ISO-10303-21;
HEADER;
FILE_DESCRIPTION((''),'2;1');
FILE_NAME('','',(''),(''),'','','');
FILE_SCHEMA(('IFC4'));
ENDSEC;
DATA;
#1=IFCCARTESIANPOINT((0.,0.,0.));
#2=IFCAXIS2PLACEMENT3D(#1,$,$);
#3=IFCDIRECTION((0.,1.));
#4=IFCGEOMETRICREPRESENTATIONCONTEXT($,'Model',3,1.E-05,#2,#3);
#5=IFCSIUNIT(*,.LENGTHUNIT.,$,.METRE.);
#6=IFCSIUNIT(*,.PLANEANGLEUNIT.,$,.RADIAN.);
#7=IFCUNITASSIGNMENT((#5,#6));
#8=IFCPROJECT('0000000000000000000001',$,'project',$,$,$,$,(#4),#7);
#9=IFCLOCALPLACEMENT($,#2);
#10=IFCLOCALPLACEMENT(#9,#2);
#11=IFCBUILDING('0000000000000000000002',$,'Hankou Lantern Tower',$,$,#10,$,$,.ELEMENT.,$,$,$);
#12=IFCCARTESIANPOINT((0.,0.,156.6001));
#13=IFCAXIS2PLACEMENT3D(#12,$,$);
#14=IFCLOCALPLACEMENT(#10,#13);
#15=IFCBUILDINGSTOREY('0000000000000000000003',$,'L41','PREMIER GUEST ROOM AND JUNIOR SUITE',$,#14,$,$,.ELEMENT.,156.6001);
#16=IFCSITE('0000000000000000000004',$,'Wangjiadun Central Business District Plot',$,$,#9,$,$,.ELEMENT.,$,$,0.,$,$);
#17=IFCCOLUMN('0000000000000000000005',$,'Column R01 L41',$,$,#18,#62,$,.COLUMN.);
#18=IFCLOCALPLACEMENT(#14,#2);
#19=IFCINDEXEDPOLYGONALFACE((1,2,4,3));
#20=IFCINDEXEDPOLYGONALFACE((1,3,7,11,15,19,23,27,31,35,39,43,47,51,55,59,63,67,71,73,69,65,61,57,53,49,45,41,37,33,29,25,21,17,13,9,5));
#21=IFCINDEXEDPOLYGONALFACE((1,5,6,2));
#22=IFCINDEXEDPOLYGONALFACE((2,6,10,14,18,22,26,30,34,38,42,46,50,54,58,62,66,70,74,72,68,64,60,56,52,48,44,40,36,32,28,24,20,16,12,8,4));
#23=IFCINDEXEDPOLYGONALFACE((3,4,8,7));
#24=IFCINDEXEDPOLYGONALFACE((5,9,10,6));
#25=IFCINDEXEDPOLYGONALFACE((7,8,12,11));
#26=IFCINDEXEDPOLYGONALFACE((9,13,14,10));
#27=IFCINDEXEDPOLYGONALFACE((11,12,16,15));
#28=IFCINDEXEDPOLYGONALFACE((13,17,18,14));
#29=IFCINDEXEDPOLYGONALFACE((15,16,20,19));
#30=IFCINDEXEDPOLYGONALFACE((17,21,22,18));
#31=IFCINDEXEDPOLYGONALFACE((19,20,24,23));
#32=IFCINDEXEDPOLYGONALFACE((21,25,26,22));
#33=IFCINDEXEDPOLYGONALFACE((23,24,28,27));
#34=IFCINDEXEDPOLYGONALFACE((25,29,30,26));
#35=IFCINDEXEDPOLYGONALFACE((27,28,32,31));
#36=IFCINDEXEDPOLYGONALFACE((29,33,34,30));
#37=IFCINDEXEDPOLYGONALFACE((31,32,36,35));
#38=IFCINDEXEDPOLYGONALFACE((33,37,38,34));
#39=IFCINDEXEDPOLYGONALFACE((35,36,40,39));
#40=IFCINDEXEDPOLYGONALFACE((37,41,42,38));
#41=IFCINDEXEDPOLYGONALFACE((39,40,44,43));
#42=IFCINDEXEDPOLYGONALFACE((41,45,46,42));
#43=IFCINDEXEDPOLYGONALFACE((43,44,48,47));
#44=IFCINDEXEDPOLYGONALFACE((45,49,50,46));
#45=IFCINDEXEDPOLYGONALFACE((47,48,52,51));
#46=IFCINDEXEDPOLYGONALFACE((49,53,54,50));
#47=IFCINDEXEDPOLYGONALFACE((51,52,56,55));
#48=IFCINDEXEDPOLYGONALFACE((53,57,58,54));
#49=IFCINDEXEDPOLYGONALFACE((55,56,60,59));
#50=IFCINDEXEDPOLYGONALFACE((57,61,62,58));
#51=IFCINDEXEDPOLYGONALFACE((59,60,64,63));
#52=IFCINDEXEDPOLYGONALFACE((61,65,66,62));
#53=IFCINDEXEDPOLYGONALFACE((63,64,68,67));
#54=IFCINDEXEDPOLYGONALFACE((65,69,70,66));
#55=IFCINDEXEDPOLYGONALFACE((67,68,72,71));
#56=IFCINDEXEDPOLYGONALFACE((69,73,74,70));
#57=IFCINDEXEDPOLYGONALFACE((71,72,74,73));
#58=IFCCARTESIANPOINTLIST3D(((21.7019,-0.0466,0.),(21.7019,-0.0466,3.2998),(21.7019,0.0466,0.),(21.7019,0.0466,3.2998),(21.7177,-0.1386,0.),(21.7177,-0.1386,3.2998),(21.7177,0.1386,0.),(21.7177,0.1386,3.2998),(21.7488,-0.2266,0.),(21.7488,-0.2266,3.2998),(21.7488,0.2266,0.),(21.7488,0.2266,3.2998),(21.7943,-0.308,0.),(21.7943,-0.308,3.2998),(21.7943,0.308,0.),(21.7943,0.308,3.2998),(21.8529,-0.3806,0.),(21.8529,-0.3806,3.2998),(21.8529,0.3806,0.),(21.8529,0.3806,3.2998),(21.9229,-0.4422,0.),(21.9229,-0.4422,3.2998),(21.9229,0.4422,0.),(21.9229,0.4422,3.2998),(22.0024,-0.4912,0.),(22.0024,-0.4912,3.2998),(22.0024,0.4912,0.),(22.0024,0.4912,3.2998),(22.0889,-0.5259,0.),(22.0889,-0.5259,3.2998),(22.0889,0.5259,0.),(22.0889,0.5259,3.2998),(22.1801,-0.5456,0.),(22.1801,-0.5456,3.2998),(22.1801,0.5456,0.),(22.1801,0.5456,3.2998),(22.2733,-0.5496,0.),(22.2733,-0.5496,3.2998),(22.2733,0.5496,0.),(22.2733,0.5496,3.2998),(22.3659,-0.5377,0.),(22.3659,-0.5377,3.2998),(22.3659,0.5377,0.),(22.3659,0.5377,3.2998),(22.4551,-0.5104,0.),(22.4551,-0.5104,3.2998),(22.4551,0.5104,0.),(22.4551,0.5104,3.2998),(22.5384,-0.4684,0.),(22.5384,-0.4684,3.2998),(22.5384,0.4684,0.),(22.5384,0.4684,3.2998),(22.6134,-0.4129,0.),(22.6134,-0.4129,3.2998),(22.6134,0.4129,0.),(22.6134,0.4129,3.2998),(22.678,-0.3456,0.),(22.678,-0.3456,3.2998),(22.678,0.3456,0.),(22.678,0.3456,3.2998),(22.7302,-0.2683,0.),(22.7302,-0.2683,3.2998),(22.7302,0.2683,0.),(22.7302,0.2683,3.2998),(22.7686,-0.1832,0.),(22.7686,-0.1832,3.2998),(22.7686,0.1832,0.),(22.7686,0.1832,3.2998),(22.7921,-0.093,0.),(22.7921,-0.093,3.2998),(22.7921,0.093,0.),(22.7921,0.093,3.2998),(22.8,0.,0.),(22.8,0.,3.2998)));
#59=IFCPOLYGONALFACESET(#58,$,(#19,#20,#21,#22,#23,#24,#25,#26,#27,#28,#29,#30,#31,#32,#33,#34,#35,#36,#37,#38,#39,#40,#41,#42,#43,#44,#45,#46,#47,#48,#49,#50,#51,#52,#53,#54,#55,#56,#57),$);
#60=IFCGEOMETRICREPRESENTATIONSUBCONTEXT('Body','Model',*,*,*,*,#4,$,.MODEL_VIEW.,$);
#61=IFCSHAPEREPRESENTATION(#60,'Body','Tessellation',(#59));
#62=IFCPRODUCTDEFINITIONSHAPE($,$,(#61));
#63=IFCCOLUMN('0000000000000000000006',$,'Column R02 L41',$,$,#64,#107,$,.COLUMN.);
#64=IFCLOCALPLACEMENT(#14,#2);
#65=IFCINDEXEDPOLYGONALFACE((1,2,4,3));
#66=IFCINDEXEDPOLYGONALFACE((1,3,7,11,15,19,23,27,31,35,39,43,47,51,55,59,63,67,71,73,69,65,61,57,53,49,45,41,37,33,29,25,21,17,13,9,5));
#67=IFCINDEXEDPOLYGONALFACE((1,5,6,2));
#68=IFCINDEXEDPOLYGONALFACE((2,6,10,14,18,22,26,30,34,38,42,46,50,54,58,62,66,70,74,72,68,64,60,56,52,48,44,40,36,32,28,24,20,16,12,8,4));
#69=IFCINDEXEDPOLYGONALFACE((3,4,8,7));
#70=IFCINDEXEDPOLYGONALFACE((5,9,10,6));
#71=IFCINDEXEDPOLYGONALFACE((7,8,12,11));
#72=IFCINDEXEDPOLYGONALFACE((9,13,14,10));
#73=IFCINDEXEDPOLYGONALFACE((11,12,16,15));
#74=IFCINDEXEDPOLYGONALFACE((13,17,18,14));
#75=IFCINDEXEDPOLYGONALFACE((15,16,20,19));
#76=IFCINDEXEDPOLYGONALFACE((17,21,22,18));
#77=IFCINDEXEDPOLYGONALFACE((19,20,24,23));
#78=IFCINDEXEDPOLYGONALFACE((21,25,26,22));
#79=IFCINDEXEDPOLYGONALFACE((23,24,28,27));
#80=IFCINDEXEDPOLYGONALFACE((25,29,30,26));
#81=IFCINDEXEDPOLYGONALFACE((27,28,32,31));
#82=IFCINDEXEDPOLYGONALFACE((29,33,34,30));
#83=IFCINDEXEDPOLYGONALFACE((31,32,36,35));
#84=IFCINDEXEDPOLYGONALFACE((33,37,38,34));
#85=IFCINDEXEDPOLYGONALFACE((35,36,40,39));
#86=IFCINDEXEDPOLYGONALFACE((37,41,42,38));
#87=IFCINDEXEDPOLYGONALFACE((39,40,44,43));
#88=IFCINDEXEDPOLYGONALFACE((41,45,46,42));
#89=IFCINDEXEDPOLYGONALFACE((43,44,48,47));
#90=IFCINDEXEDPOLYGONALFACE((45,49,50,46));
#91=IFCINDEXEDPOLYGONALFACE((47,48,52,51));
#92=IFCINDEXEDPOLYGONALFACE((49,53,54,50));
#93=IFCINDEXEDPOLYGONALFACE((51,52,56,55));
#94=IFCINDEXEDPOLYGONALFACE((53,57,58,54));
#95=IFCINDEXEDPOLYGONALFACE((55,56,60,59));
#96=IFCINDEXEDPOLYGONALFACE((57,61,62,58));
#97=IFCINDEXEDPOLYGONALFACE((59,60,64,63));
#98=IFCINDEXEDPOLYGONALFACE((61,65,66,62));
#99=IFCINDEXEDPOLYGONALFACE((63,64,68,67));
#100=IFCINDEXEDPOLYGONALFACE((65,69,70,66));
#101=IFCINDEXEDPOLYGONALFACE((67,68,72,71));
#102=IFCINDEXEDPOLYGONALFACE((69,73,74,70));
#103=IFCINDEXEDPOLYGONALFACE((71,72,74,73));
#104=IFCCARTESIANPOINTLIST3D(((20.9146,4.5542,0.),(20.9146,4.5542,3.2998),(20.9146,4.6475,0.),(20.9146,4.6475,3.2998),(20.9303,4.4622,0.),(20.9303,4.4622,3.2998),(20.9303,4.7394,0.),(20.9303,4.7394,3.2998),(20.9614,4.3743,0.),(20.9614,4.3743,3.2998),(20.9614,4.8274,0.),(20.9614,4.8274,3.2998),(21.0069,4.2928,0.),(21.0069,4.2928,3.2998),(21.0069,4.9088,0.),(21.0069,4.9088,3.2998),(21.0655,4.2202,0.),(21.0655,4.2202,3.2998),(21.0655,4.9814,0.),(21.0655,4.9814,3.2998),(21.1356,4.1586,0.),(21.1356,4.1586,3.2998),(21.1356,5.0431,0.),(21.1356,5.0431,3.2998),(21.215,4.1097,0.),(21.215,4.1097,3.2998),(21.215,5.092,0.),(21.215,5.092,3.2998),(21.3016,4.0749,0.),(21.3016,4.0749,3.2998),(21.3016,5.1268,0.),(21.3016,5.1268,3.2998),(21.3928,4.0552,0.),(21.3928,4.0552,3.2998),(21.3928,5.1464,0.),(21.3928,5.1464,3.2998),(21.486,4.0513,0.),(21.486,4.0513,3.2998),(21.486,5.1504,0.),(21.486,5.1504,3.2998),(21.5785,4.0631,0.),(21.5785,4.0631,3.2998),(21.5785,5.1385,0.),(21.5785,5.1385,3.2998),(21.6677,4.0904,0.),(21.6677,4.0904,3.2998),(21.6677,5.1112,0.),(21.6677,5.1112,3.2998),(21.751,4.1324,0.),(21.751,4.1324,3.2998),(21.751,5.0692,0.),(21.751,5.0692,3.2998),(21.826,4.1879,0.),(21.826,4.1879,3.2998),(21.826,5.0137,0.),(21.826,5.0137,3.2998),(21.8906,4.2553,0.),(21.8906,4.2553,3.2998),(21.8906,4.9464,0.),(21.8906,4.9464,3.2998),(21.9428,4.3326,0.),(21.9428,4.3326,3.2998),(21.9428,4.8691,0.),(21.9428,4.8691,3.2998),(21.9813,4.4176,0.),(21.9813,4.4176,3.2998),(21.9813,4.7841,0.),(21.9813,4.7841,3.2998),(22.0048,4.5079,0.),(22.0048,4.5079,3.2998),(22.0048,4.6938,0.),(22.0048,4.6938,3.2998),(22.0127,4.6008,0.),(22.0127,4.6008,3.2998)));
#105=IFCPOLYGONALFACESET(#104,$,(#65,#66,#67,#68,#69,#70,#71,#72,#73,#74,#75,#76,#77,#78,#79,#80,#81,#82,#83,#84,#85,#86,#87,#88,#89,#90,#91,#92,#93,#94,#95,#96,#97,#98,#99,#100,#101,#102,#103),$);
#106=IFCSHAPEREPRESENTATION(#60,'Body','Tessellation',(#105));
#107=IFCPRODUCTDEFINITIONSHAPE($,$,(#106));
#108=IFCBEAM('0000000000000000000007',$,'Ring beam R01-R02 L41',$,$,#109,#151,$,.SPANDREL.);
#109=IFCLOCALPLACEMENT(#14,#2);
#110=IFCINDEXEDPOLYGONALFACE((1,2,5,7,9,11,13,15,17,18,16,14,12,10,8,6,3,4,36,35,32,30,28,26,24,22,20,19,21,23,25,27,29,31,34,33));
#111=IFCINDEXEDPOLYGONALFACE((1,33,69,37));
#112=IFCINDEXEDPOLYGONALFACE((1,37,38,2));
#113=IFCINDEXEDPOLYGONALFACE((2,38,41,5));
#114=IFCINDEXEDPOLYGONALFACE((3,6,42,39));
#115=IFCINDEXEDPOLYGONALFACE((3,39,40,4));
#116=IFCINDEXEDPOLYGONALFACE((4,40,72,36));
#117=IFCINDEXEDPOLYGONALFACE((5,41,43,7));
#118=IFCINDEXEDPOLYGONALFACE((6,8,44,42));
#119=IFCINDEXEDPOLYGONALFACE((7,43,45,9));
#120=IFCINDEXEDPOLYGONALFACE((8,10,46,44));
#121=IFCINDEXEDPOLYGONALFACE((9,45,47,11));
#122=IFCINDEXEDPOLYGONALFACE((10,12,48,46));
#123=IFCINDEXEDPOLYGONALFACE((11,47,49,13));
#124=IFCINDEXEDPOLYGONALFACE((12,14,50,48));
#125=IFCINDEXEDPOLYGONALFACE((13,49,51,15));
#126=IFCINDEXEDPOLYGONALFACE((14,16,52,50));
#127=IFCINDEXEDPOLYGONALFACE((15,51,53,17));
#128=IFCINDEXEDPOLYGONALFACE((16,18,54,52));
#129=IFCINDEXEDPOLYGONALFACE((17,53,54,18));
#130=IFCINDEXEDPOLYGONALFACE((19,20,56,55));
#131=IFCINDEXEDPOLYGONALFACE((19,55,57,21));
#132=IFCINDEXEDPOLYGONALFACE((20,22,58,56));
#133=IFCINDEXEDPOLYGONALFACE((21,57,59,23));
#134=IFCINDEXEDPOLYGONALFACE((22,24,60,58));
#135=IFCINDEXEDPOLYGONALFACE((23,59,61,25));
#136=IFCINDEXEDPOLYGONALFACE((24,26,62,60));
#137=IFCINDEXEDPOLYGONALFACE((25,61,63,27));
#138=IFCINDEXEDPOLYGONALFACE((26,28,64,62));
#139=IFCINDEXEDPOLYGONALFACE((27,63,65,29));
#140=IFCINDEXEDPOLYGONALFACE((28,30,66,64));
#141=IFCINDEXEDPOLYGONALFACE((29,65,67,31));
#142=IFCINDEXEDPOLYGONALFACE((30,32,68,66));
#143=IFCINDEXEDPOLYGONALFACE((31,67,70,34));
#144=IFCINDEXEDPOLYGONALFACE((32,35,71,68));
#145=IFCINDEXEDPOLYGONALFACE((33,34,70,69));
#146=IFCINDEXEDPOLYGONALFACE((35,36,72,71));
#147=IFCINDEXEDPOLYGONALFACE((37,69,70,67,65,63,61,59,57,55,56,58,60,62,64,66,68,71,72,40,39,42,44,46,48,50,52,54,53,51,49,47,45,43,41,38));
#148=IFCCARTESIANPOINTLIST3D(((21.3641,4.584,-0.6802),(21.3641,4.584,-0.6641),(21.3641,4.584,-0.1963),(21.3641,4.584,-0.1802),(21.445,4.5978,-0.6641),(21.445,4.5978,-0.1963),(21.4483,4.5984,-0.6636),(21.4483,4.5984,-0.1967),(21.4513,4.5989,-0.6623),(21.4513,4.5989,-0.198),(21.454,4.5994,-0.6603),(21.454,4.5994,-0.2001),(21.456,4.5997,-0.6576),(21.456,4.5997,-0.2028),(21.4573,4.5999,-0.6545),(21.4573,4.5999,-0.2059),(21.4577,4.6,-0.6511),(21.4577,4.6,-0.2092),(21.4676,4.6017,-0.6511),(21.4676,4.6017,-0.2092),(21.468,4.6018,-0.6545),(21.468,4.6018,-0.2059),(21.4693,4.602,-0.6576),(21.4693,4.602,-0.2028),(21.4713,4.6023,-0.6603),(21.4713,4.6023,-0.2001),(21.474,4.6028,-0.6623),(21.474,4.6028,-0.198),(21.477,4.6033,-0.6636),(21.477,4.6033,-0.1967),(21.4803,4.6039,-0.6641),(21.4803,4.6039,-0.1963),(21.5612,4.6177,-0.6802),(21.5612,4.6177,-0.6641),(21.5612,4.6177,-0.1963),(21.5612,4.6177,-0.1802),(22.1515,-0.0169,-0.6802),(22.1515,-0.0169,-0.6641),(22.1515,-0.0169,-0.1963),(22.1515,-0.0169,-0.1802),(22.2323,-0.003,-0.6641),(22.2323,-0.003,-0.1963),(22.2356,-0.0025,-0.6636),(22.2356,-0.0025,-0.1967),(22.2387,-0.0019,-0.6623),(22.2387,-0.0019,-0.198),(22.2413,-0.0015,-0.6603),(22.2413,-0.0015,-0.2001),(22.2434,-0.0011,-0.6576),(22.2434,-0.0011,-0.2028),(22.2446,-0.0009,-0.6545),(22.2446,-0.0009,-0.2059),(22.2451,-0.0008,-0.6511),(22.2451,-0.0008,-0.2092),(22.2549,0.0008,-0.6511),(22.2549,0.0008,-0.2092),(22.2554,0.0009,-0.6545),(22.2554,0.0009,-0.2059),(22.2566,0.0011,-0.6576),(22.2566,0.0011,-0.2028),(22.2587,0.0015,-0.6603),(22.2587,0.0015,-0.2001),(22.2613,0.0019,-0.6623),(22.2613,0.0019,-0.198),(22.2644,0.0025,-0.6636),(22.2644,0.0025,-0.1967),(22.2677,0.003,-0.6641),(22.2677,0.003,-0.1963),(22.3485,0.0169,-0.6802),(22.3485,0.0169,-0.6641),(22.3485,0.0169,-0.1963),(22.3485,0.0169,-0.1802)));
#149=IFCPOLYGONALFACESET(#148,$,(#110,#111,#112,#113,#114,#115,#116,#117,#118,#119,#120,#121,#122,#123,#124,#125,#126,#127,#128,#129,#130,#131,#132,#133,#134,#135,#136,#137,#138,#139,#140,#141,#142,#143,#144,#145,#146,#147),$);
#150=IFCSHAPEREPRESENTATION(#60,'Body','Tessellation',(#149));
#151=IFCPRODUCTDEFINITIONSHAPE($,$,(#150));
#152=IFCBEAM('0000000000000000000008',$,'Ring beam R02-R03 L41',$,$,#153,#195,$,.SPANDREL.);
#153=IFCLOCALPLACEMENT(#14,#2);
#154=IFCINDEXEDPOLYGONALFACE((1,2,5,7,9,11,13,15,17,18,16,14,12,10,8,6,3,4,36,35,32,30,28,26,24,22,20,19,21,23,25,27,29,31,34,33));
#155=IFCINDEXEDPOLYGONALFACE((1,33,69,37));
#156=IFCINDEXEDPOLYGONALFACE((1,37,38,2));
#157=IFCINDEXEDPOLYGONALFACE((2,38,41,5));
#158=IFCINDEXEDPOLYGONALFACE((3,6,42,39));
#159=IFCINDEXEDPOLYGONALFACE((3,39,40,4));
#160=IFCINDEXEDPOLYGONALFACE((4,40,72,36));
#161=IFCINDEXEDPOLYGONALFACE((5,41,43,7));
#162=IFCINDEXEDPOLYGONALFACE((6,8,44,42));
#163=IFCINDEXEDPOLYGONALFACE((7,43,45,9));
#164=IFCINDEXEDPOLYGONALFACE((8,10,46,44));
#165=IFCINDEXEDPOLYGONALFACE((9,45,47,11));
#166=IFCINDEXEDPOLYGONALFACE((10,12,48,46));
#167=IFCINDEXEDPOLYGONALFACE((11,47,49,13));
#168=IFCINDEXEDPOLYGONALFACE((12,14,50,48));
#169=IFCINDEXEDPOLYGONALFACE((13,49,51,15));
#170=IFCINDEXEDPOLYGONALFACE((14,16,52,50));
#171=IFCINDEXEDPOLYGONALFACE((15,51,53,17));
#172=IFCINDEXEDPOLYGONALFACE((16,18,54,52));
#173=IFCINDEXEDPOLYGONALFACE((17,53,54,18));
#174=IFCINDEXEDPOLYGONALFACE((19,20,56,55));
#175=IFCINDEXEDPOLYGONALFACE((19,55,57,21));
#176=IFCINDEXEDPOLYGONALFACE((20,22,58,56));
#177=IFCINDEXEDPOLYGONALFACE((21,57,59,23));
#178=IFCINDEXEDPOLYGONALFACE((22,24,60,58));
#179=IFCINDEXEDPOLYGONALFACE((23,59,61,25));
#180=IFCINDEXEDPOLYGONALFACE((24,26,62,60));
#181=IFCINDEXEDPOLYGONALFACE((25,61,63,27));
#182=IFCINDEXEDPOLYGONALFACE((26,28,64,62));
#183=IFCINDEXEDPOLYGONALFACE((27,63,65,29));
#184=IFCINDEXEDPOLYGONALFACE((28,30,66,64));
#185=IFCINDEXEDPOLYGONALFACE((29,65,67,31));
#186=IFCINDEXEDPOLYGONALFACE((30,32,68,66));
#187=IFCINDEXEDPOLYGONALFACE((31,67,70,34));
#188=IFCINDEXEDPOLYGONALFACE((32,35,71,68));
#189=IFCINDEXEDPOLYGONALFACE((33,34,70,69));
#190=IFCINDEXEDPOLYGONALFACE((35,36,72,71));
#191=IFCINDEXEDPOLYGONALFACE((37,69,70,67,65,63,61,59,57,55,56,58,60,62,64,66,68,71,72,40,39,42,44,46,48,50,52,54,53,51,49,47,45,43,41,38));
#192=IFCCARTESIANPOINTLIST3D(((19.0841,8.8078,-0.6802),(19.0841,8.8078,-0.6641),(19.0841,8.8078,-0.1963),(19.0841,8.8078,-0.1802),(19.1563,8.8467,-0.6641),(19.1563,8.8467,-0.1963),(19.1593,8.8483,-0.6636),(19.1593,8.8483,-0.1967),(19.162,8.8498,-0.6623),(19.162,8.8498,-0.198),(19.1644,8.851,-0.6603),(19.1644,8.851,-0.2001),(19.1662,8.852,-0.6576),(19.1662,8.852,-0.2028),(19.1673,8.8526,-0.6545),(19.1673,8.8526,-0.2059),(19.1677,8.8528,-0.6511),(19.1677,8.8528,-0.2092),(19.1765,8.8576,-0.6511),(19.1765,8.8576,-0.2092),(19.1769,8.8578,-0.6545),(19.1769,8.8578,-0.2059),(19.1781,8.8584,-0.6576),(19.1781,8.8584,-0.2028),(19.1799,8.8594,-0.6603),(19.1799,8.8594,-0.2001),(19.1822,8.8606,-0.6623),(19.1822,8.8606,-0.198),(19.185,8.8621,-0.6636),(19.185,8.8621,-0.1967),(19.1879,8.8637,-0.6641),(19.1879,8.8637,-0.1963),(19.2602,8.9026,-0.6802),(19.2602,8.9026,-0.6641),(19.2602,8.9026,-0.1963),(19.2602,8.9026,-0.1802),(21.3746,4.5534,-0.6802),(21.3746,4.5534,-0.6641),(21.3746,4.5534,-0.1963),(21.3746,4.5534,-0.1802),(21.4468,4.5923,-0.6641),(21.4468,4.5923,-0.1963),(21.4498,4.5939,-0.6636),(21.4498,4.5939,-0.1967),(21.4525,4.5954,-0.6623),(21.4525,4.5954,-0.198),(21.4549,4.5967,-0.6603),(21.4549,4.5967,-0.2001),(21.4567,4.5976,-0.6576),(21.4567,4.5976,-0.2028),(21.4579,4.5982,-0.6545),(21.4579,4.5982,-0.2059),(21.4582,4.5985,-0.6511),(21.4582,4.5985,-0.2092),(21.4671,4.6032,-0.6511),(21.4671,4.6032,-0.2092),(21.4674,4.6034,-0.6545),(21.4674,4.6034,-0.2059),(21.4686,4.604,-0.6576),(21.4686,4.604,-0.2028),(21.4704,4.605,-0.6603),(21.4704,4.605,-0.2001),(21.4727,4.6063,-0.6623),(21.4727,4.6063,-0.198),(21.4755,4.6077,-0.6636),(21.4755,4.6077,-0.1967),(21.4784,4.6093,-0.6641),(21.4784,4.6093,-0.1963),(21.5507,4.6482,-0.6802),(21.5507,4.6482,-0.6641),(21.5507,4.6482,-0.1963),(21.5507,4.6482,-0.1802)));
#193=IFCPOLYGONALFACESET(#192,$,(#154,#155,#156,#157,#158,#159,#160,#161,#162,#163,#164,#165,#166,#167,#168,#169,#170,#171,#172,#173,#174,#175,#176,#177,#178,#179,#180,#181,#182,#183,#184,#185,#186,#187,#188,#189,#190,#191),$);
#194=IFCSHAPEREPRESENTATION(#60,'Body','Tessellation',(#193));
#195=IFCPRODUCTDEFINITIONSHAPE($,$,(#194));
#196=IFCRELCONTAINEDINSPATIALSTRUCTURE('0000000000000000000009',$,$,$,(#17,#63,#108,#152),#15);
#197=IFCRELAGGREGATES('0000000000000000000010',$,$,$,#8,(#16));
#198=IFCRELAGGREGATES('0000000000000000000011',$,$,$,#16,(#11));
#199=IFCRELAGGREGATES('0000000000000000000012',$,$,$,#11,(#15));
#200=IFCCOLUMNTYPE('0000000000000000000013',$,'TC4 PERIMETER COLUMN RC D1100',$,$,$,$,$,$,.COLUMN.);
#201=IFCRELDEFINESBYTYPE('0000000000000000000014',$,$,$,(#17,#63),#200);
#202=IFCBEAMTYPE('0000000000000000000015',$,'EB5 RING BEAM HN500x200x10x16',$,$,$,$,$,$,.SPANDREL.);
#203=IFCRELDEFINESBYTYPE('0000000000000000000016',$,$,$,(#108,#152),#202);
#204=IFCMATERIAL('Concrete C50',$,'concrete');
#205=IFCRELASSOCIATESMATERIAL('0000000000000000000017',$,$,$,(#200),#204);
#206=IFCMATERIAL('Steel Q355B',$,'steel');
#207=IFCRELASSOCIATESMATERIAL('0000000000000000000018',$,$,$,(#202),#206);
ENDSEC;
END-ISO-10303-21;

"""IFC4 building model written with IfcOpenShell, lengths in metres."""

from ifc_helpers import new_model, si_unit, direction, frame, origin, origin_2d, place, context, subcontext, project, spatial, circle, i_section, extrude, material, material_profile, profile_set, type_object, element, save


model = new_model("IFC4")

# Units and contexts
model_context = context("Model", 3, precision=1e-05, world=origin(), true_north=direction((0.0, 1.0)))
body_context = subcontext(model_context, "Body", "Model", "MODEL_VIEW")
ifc_project = project(units=[si_unit("LENGTHUNIT", "METRE"), si_unit("PLANEANGLEUNIT", "RADIAN")], contexts=[model_context])

# Site, building, storey
site_placement = place(None, origin())
site = spatial("IfcSite", under=ifc_project, at=site_placement, Name="Wangjiadun Central Business District Plot", CompositionType="ELEMENT", RefElevation=0.0)
building_placement = place(site_placement, origin())
building = spatial("IfcBuilding", under=site, at=building_placement, Name="Hankou Lantern Tower", CompositionType="ELEMENT")
storey_placement = place(building_placement, frame((0.0, 0.0, 156.6001)))
storey = spatial("IfcBuildingStorey", under=building, at=storey_placement, Name="L41", Description="PREMIER GUEST ROOM AND JUNIOR SUITE", CompositionType="ELEMENT", Elevation=156.6001)

# Columns
ifc_material_1 = material(Name="Concrete C50", Category="concrete")
ifc_material_profile_1 = material_profile(ifc_material_1, circle(Radius=0.55, at=origin_2d()), Name="RC D1100")
ifc_profile_set_1 = profile_set([ifc_material_profile_1], Name="Concrete C50")
column_type = type_object("IfcColumnType", Name="TC4 PERIMETER COLUMN RC D1100", PredefinedType="COLUMN", material=ifc_profile_set_1)
for number, where, z_axis, x_axis, name in (
    (1, (22.25, 0.0, 0.0), (0.0, 0.0, 1.0), (1.0, 0.0, 0.0), "Column R01 L41"),
    (2, (21.4626, 4.6008, 0.0), (0.0, 0.0, 1.0), (1.0, 0.0, 0.0), "Column R02 L41"),
):
    element("IfcColumn", number, at=place(storey_placement, frame(where, z_axis=z_axis, x_axis=x_axis)), inside=storey, type_object=column_type, Name=name, PredefinedType="COLUMN", context=body_context, shape_type="SweptSolid", body=[
        extrude(circle(Radius=0.55, at=origin_2d()), origin(), (0.0, 0.0, 1.0), 3.2998),
    ])

# Beams
ifc_material_2 = material(Name="Steel Q355B", Category="steel")
ifc_material_profile_2 = material_profile(ifc_material_2, i_section(OverallWidth=0.2, OverallDepth=0.5, WebThickness=0.01, FlangeThickness=0.0161, FilletRadius=0.0129, at=origin_2d()), Name="HN500x200x10x16")
ifc_profile_set_2 = profile_set([ifc_material_profile_2], Name="Steel Q355B")
beam_type_1 = type_object("IfcBeamType", Name="EB5 RING BEAM HN500x200x10x16", PredefinedType="SPANDREL", material=ifc_profile_set_2)
beam_1_placement = place(storey_placement, frame((22.25, 0.0, -0.4302), z_axis=(-0.168681, 0.985671, 0.0), x_axis=(-0.985671, -0.168681, 0.0)))
element("IfcBeam", 3, at=beam_1_placement, inside=storey, type_object=beam_type_1, Name="Ring beam R01-R02 L41", PredefinedType="SPANDREL", context=body_context, shape_type="SweptSolid", body=[
    extrude(i_section(OverallWidth=0.2, OverallDepth=0.5, WebThickness=0.01, FlangeThickness=0.0161, FilletRadius=0.0129, at=origin_2d()), origin(), (0.0, 0.0, 1.0), 4.6677),
])
beam_2_placement = place(storey_placement, frame((21.4626, 4.6008, -0.4302), z_axis=(-0.474052, 0.880497, 0.0), x_axis=(-0.880497, -0.474052, 0.0)))
element("IfcBeam", 4, at=beam_2_placement, inside=storey, type_object=beam_type_1, Name="Ring beam R02-R03 L41", PredefinedType="SPANDREL", context=body_context, shape_type="SweptSolid", body=[
    extrude(i_section(OverallWidth=0.2, OverallDepth=0.5, WebThickness=0.01, FlangeThickness=0.0161, FilletRadius=0.0129, at=origin_2d()), origin(), (0.0, 0.0, 1.0), 4.8318),
])

save(model, "model.ifc")
